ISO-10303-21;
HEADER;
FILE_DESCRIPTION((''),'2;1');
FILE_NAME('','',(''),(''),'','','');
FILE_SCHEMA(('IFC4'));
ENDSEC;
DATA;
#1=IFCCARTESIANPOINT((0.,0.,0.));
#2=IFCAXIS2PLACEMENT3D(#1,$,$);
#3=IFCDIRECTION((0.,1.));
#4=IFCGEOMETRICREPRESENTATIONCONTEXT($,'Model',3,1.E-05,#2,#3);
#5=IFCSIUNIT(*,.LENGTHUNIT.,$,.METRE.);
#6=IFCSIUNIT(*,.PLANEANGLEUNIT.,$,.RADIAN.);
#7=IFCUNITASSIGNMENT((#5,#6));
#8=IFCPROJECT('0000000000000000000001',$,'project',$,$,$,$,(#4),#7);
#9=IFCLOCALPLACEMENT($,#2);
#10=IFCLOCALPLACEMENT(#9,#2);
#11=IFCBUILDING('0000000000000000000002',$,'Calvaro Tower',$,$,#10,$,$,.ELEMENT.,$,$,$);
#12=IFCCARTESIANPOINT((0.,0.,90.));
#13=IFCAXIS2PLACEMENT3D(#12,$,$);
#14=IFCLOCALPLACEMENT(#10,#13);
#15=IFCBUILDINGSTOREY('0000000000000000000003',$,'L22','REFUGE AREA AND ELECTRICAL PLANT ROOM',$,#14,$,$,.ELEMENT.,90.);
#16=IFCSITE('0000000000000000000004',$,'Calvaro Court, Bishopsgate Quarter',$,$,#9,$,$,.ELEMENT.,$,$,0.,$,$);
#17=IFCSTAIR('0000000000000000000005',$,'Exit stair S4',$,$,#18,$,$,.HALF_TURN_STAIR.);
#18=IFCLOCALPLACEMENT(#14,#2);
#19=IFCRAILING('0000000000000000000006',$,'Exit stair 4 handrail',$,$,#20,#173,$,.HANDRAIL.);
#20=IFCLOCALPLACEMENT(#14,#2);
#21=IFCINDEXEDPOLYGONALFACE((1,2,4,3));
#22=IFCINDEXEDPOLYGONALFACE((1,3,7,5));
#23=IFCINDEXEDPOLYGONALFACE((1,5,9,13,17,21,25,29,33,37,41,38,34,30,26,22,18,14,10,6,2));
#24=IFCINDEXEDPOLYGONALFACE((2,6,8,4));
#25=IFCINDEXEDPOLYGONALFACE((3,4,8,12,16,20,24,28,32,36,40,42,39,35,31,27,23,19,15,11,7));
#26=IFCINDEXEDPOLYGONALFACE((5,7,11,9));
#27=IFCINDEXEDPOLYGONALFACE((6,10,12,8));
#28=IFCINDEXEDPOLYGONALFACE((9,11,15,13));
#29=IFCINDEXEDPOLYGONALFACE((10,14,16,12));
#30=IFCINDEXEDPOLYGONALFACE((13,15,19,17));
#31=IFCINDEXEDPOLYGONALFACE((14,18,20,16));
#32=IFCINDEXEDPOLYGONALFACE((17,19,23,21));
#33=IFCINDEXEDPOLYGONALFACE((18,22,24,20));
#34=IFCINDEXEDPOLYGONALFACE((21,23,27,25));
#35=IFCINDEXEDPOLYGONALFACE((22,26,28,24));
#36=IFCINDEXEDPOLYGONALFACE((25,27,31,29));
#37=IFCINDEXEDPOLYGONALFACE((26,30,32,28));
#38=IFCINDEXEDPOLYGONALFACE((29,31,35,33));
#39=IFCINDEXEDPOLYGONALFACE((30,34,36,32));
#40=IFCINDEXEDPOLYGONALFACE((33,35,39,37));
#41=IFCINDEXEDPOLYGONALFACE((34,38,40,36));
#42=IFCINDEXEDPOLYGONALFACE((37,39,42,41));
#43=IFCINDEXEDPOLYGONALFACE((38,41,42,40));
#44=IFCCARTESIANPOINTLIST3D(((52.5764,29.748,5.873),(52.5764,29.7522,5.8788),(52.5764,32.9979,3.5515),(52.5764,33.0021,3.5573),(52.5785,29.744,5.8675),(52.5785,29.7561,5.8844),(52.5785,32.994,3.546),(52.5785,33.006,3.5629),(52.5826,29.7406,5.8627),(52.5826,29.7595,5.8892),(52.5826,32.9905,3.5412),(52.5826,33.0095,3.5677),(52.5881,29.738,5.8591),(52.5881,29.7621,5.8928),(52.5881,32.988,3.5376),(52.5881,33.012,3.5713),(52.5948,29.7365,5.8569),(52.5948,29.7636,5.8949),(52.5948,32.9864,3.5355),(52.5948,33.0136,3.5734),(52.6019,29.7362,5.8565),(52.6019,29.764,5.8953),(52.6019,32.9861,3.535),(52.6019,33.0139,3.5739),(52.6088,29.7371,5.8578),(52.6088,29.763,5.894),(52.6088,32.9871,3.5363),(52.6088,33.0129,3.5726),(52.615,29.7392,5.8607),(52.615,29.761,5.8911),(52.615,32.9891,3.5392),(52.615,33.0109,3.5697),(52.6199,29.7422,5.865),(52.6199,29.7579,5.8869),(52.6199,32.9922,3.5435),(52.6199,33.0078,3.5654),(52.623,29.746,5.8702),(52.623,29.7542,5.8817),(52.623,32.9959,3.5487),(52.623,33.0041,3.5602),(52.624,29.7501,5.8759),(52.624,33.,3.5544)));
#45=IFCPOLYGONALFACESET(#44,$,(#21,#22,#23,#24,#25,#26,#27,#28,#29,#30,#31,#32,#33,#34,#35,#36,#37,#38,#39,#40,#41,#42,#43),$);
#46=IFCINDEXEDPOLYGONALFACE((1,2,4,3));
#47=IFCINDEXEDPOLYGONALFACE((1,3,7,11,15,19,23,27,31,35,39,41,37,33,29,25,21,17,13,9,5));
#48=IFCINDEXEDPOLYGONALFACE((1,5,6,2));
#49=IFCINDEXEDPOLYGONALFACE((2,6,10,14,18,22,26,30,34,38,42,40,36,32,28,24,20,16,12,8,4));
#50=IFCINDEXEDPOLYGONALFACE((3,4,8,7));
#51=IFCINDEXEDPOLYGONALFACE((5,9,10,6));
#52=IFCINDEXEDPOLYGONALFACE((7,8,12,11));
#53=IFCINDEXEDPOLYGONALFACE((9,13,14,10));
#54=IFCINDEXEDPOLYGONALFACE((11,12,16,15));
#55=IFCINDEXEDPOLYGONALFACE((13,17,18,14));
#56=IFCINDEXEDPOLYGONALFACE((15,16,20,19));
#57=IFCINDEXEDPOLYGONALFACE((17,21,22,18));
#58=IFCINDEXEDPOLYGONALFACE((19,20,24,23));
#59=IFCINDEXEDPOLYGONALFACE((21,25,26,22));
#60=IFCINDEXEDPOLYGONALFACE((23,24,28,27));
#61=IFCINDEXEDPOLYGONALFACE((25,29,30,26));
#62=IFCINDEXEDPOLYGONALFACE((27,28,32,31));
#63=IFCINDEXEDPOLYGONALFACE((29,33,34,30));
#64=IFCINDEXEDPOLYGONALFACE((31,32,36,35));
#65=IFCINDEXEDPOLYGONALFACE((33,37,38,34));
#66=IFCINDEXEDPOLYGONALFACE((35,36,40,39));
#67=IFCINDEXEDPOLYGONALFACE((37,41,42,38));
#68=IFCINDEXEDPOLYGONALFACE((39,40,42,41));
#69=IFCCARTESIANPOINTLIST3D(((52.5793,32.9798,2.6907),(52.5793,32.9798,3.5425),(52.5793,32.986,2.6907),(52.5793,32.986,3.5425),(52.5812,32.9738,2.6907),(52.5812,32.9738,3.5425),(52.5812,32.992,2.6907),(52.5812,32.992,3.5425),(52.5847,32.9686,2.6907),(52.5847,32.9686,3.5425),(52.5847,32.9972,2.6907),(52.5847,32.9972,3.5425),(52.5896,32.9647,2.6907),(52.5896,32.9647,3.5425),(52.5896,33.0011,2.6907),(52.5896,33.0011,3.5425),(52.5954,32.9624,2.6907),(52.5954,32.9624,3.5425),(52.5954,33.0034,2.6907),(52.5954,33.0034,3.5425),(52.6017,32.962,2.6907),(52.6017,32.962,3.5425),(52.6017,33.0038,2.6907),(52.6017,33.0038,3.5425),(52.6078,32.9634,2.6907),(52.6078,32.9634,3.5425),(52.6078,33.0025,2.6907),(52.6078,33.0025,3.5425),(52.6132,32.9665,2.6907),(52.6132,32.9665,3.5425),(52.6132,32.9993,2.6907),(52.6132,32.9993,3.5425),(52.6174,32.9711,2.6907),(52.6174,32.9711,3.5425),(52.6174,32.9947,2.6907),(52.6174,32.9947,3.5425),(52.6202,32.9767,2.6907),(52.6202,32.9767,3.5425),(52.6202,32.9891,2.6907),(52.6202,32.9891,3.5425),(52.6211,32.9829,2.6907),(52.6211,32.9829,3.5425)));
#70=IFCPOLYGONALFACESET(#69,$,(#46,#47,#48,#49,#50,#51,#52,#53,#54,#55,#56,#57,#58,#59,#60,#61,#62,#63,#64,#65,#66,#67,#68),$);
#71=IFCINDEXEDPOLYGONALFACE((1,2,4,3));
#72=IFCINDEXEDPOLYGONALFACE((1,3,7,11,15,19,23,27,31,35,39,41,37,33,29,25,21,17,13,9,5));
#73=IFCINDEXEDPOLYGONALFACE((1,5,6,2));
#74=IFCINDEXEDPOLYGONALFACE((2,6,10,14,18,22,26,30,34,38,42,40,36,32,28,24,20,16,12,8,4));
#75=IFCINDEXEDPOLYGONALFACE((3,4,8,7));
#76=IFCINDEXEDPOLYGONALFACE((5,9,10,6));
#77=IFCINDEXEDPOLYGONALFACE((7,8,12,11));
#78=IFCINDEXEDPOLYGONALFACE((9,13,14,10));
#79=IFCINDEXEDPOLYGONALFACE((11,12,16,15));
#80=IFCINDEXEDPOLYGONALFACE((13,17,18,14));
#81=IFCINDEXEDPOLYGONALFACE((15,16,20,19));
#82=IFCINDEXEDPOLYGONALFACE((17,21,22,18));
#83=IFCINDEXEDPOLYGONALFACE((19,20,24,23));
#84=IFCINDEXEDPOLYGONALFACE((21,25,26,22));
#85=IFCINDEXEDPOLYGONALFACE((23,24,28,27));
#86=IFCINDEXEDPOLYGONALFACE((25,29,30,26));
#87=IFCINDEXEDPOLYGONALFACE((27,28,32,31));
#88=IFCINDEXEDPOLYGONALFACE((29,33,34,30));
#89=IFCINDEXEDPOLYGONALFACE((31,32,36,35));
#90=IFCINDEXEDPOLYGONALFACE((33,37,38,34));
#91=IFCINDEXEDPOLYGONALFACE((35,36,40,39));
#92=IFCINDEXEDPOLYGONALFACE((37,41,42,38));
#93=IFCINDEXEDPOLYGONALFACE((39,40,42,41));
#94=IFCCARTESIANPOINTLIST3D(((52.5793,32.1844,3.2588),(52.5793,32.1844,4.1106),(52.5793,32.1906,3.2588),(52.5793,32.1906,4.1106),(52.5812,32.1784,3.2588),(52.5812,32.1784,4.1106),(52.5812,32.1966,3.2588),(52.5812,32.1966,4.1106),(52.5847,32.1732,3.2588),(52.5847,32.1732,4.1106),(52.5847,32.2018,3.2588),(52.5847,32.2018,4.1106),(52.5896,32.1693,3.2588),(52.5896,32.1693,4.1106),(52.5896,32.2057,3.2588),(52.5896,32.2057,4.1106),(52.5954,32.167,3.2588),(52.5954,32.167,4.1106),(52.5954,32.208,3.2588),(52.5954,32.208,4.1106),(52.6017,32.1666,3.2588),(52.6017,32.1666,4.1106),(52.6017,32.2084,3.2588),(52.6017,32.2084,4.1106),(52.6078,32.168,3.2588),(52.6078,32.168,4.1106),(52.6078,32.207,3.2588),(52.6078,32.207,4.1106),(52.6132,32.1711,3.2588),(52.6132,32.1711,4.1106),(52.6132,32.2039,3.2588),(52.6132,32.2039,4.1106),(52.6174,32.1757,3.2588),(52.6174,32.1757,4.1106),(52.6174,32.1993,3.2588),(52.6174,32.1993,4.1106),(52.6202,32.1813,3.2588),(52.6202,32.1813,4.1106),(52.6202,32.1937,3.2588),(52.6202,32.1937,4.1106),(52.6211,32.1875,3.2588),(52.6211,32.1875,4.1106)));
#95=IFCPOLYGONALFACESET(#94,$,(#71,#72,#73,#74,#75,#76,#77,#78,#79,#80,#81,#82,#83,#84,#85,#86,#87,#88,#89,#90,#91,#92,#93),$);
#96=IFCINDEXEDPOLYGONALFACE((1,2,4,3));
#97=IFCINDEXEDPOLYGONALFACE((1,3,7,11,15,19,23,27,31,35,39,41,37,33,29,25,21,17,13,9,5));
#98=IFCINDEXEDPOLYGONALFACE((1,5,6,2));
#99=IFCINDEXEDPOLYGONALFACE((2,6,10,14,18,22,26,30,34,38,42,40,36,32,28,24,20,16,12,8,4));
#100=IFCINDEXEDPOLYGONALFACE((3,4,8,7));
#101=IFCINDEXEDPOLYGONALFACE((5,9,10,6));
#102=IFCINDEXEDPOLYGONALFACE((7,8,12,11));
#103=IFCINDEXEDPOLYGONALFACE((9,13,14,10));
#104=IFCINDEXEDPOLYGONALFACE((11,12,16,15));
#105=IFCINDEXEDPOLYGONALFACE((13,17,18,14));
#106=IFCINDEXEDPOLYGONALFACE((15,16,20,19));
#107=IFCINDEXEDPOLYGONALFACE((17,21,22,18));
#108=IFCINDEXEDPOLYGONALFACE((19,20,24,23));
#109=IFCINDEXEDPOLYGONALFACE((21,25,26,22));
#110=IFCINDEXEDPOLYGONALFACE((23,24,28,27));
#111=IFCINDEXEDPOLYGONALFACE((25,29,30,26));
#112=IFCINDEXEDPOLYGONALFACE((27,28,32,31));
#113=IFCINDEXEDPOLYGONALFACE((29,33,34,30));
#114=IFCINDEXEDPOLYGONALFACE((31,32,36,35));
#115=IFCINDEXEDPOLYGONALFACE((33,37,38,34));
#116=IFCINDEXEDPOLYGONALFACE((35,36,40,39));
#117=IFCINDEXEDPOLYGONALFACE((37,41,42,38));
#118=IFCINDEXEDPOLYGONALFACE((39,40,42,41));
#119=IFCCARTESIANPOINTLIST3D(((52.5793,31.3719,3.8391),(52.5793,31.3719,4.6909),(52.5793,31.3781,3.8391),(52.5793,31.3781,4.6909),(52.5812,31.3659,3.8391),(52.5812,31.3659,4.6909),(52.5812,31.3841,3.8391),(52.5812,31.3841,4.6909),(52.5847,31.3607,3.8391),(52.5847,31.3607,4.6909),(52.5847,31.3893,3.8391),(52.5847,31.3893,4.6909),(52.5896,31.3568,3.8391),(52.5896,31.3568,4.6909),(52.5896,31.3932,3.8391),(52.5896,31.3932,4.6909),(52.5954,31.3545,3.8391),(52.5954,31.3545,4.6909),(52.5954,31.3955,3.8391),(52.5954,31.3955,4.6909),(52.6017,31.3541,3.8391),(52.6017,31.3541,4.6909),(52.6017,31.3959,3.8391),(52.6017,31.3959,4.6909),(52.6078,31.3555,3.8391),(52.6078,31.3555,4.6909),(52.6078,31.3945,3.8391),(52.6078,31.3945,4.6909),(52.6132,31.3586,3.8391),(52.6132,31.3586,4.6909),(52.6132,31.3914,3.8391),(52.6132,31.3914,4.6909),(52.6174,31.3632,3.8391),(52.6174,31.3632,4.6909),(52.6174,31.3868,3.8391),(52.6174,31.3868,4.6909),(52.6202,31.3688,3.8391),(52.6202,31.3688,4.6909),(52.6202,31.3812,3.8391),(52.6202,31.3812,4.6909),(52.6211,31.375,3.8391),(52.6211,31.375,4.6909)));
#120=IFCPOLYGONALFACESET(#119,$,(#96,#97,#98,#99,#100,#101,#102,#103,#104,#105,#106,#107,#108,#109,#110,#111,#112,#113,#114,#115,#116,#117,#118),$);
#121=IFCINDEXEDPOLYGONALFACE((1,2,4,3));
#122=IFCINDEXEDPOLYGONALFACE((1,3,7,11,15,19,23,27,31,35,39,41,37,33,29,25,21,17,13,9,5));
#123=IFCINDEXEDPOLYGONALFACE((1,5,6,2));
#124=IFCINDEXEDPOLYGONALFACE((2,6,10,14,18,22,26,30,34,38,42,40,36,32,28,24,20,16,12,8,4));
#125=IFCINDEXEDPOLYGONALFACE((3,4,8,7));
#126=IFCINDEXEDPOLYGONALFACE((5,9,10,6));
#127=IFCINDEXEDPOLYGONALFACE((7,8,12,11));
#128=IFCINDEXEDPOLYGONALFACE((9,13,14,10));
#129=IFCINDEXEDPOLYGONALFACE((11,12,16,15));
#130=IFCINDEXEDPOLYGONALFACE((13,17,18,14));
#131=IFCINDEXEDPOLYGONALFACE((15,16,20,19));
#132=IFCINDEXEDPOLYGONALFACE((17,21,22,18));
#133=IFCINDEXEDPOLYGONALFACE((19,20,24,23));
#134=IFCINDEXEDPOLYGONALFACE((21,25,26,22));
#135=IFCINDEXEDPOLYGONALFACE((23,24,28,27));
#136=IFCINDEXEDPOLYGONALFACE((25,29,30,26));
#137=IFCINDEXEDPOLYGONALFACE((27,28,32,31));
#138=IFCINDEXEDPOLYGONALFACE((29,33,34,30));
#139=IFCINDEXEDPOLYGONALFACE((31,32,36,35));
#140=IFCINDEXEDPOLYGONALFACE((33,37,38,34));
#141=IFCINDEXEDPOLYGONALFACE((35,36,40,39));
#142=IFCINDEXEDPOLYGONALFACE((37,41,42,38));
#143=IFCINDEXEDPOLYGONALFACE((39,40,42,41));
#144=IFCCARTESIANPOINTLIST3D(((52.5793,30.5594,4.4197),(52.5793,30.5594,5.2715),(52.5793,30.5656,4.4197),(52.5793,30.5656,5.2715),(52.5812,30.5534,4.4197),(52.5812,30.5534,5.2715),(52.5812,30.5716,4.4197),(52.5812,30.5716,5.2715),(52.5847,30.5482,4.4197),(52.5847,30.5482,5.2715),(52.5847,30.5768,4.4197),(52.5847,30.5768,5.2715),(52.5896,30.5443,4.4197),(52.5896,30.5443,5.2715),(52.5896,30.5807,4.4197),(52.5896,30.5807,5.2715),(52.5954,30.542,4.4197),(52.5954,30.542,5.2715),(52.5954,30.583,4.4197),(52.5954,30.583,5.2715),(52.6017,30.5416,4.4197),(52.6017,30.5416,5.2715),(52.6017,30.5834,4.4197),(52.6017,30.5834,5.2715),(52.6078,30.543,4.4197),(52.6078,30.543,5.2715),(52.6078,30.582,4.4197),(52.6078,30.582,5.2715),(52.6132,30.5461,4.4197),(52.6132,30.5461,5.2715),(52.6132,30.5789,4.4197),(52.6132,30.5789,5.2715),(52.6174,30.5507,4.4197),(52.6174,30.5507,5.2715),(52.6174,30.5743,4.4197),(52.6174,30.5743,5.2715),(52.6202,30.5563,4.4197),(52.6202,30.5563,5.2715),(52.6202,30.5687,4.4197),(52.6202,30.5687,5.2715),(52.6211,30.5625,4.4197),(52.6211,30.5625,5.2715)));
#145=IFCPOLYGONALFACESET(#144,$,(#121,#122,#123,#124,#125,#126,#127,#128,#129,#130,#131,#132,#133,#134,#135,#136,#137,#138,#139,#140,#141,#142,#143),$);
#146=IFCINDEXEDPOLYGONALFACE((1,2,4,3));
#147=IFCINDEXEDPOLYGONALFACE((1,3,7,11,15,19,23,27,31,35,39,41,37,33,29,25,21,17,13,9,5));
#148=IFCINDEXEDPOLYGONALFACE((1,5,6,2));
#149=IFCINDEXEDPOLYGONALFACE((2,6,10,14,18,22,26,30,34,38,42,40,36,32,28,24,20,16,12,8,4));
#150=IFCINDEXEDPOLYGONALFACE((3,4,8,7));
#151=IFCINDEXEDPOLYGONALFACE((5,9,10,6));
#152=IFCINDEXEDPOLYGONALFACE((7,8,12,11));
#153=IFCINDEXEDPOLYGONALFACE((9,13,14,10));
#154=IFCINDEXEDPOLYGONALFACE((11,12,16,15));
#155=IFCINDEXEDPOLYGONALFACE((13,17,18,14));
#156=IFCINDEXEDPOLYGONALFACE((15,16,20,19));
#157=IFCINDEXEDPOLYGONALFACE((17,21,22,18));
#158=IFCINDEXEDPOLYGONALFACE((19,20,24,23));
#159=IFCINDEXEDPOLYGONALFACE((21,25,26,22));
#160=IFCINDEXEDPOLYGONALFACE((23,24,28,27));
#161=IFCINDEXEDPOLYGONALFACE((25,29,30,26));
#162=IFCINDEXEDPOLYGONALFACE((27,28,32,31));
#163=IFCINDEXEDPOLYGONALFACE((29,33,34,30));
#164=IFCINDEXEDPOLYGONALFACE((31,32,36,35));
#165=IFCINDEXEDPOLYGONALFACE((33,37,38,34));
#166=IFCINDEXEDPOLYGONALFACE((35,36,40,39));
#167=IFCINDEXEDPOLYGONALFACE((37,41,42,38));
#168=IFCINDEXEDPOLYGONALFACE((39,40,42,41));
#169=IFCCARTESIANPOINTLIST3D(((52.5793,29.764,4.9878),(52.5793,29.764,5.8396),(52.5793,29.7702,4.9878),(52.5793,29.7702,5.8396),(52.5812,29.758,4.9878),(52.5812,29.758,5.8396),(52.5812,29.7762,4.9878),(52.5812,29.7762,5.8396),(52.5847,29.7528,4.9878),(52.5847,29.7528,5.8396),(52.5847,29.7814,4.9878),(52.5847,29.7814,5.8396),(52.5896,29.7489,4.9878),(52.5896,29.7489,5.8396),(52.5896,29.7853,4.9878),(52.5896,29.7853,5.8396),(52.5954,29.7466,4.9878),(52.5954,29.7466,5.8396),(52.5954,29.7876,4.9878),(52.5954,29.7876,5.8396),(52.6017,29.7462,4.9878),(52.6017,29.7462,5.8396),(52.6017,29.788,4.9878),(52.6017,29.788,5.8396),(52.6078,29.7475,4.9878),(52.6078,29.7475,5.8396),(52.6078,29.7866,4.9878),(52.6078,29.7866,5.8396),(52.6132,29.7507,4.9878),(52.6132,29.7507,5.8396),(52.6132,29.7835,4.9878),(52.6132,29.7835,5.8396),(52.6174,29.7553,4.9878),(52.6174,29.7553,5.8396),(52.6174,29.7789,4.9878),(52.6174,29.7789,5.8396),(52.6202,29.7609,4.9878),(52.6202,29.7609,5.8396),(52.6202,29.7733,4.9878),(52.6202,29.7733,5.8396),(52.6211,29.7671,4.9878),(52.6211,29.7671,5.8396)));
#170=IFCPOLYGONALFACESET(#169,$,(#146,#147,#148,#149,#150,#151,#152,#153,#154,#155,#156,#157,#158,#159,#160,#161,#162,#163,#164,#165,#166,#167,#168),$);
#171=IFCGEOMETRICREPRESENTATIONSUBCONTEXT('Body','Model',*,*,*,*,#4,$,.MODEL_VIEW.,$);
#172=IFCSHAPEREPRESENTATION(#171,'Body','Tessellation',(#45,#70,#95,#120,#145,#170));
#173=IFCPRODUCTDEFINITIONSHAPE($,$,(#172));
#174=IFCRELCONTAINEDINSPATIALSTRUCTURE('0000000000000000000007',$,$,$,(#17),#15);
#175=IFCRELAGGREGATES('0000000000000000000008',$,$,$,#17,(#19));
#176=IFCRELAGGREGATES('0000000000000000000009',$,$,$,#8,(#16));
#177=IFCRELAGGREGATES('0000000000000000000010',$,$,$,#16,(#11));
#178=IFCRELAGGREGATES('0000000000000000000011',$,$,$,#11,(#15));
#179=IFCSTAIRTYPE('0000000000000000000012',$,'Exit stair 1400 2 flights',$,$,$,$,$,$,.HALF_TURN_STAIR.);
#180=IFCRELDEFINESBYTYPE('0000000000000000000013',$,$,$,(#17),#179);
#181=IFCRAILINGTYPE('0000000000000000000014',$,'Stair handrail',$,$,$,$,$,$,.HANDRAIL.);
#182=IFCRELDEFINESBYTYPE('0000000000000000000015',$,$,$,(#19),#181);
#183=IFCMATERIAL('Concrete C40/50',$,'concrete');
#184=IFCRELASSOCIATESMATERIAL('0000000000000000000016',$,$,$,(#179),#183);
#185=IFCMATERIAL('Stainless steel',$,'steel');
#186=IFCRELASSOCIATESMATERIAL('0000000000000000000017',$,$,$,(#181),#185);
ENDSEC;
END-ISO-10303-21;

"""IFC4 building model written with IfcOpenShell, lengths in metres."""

from ifc_helpers import new_model, si_unit, direction, frame, origin, origin_2d, place, context, subcontext, project, spatial, circle, extrude, material, type_object, element, aggregate, save


model = new_model("IFC4")

# Units and contexts
model_context = context("Model", 3, precision=1e-05, world=origin(), true_north=direction((0.0, 1.0)))
body_context = subcontext(model_context, "Body", "Model", "MODEL_VIEW")
ifc_project = project(units=[si_unit("LENGTHUNIT", "METRE"), si_unit("PLANEANGLEUNIT", "RADIAN")], contexts=[model_context])

# Site, building, storey
site_placement = place(None, origin())
site = spatial("IfcSite", under=ifc_project, at=site_placement, Name="Calvaro Court, Bishopsgate Quarter", CompositionType="ELEMENT", RefElevation=0.0)
building_placement = place(site_placement, origin())
building = spatial("IfcBuilding", under=site, at=building_placement, Name="Calvaro Tower", CompositionType="ELEMENT")
storey_placement = place(building_placement, frame((0.0, 0.0, 90.0)))
storey = spatial("IfcBuildingStorey", under=building, at=storey_placement, Name="L22", Description="REFUGE AREA AND ELECTRICAL PLANT ROOM", CompositionType="ELEMENT", Elevation=90.0)

# Stair
ifc_material_1 = material(Name="Concrete C40/50", Category="concrete")
stair_type = type_object("IfcStairType", Name="Exit stair 1400 2 flights", PredefinedType="HALF_TURN_STAIR", material=ifc_material_1)
stair_1_placement = place(storey_placement, origin())
stair_1 = element("IfcStair", 1, at=stair_1_placement, inside=storey, type_object=stair_type, Name="Exit stair S4", PredefinedType="HALF_TURN_STAIR")

# Shared definitions
ifc_material_2 = material(Name="Stainless steel", Category="steel")
railing_type = type_object("IfcRailingType", Name="Stair handrail", PredefinedType="HANDRAIL", material=ifc_material_2)

# Railing
railing_1_placement = place(storey_placement, frame((52.6001, 33.0, 2.6785)))
railing_1 = element("IfcRailing", 2, at=railing_1_placement, type_object=railing_type, Name="Exit stair 4 handrail", PredefinedType="HANDRAIL", context=body_context, shape_type="SweptSolid", body=[
    extrude(circle(Radius=0.0239, at=origin_2d()), frame((0.0, 0.0, 0.876), z_axis=(0.0, -0.813721, 0.581256), x_axis=(1.0, 0.0, 0.0)), (0.0, 0.0, 1.0), 3.9939),
    extrude(circle(Radius=0.021, at=origin_2d()), frame((0.0, -0.0171, 0.0122)), (0.0, 0.0, 1.0), 0.8518),
    extrude(circle(Radius=0.021, at=origin_2d()), frame((0.0, -0.8125, 0.5803)), (0.0, 0.0, 1.0), 0.8518),
    extrude(circle(Radius=0.021, at=origin_2d()), frame((0.0, -1.625, 1.1606)), (0.0, 0.0, 1.0), 0.8518),
    extrude(circle(Radius=0.021, at=origin_2d()), frame((0.0, -2.4375, 1.7412)), (0.0, 0.0, 1.0), 0.8518),
    extrude(circle(Radius=0.021, at=origin_2d()), frame((0.0, -3.2329, 2.3093)), (0.0, 0.0, 1.0), 0.8518),
])
aggregate(stair_1, [railing_1])

save(model, "model.ifc")
